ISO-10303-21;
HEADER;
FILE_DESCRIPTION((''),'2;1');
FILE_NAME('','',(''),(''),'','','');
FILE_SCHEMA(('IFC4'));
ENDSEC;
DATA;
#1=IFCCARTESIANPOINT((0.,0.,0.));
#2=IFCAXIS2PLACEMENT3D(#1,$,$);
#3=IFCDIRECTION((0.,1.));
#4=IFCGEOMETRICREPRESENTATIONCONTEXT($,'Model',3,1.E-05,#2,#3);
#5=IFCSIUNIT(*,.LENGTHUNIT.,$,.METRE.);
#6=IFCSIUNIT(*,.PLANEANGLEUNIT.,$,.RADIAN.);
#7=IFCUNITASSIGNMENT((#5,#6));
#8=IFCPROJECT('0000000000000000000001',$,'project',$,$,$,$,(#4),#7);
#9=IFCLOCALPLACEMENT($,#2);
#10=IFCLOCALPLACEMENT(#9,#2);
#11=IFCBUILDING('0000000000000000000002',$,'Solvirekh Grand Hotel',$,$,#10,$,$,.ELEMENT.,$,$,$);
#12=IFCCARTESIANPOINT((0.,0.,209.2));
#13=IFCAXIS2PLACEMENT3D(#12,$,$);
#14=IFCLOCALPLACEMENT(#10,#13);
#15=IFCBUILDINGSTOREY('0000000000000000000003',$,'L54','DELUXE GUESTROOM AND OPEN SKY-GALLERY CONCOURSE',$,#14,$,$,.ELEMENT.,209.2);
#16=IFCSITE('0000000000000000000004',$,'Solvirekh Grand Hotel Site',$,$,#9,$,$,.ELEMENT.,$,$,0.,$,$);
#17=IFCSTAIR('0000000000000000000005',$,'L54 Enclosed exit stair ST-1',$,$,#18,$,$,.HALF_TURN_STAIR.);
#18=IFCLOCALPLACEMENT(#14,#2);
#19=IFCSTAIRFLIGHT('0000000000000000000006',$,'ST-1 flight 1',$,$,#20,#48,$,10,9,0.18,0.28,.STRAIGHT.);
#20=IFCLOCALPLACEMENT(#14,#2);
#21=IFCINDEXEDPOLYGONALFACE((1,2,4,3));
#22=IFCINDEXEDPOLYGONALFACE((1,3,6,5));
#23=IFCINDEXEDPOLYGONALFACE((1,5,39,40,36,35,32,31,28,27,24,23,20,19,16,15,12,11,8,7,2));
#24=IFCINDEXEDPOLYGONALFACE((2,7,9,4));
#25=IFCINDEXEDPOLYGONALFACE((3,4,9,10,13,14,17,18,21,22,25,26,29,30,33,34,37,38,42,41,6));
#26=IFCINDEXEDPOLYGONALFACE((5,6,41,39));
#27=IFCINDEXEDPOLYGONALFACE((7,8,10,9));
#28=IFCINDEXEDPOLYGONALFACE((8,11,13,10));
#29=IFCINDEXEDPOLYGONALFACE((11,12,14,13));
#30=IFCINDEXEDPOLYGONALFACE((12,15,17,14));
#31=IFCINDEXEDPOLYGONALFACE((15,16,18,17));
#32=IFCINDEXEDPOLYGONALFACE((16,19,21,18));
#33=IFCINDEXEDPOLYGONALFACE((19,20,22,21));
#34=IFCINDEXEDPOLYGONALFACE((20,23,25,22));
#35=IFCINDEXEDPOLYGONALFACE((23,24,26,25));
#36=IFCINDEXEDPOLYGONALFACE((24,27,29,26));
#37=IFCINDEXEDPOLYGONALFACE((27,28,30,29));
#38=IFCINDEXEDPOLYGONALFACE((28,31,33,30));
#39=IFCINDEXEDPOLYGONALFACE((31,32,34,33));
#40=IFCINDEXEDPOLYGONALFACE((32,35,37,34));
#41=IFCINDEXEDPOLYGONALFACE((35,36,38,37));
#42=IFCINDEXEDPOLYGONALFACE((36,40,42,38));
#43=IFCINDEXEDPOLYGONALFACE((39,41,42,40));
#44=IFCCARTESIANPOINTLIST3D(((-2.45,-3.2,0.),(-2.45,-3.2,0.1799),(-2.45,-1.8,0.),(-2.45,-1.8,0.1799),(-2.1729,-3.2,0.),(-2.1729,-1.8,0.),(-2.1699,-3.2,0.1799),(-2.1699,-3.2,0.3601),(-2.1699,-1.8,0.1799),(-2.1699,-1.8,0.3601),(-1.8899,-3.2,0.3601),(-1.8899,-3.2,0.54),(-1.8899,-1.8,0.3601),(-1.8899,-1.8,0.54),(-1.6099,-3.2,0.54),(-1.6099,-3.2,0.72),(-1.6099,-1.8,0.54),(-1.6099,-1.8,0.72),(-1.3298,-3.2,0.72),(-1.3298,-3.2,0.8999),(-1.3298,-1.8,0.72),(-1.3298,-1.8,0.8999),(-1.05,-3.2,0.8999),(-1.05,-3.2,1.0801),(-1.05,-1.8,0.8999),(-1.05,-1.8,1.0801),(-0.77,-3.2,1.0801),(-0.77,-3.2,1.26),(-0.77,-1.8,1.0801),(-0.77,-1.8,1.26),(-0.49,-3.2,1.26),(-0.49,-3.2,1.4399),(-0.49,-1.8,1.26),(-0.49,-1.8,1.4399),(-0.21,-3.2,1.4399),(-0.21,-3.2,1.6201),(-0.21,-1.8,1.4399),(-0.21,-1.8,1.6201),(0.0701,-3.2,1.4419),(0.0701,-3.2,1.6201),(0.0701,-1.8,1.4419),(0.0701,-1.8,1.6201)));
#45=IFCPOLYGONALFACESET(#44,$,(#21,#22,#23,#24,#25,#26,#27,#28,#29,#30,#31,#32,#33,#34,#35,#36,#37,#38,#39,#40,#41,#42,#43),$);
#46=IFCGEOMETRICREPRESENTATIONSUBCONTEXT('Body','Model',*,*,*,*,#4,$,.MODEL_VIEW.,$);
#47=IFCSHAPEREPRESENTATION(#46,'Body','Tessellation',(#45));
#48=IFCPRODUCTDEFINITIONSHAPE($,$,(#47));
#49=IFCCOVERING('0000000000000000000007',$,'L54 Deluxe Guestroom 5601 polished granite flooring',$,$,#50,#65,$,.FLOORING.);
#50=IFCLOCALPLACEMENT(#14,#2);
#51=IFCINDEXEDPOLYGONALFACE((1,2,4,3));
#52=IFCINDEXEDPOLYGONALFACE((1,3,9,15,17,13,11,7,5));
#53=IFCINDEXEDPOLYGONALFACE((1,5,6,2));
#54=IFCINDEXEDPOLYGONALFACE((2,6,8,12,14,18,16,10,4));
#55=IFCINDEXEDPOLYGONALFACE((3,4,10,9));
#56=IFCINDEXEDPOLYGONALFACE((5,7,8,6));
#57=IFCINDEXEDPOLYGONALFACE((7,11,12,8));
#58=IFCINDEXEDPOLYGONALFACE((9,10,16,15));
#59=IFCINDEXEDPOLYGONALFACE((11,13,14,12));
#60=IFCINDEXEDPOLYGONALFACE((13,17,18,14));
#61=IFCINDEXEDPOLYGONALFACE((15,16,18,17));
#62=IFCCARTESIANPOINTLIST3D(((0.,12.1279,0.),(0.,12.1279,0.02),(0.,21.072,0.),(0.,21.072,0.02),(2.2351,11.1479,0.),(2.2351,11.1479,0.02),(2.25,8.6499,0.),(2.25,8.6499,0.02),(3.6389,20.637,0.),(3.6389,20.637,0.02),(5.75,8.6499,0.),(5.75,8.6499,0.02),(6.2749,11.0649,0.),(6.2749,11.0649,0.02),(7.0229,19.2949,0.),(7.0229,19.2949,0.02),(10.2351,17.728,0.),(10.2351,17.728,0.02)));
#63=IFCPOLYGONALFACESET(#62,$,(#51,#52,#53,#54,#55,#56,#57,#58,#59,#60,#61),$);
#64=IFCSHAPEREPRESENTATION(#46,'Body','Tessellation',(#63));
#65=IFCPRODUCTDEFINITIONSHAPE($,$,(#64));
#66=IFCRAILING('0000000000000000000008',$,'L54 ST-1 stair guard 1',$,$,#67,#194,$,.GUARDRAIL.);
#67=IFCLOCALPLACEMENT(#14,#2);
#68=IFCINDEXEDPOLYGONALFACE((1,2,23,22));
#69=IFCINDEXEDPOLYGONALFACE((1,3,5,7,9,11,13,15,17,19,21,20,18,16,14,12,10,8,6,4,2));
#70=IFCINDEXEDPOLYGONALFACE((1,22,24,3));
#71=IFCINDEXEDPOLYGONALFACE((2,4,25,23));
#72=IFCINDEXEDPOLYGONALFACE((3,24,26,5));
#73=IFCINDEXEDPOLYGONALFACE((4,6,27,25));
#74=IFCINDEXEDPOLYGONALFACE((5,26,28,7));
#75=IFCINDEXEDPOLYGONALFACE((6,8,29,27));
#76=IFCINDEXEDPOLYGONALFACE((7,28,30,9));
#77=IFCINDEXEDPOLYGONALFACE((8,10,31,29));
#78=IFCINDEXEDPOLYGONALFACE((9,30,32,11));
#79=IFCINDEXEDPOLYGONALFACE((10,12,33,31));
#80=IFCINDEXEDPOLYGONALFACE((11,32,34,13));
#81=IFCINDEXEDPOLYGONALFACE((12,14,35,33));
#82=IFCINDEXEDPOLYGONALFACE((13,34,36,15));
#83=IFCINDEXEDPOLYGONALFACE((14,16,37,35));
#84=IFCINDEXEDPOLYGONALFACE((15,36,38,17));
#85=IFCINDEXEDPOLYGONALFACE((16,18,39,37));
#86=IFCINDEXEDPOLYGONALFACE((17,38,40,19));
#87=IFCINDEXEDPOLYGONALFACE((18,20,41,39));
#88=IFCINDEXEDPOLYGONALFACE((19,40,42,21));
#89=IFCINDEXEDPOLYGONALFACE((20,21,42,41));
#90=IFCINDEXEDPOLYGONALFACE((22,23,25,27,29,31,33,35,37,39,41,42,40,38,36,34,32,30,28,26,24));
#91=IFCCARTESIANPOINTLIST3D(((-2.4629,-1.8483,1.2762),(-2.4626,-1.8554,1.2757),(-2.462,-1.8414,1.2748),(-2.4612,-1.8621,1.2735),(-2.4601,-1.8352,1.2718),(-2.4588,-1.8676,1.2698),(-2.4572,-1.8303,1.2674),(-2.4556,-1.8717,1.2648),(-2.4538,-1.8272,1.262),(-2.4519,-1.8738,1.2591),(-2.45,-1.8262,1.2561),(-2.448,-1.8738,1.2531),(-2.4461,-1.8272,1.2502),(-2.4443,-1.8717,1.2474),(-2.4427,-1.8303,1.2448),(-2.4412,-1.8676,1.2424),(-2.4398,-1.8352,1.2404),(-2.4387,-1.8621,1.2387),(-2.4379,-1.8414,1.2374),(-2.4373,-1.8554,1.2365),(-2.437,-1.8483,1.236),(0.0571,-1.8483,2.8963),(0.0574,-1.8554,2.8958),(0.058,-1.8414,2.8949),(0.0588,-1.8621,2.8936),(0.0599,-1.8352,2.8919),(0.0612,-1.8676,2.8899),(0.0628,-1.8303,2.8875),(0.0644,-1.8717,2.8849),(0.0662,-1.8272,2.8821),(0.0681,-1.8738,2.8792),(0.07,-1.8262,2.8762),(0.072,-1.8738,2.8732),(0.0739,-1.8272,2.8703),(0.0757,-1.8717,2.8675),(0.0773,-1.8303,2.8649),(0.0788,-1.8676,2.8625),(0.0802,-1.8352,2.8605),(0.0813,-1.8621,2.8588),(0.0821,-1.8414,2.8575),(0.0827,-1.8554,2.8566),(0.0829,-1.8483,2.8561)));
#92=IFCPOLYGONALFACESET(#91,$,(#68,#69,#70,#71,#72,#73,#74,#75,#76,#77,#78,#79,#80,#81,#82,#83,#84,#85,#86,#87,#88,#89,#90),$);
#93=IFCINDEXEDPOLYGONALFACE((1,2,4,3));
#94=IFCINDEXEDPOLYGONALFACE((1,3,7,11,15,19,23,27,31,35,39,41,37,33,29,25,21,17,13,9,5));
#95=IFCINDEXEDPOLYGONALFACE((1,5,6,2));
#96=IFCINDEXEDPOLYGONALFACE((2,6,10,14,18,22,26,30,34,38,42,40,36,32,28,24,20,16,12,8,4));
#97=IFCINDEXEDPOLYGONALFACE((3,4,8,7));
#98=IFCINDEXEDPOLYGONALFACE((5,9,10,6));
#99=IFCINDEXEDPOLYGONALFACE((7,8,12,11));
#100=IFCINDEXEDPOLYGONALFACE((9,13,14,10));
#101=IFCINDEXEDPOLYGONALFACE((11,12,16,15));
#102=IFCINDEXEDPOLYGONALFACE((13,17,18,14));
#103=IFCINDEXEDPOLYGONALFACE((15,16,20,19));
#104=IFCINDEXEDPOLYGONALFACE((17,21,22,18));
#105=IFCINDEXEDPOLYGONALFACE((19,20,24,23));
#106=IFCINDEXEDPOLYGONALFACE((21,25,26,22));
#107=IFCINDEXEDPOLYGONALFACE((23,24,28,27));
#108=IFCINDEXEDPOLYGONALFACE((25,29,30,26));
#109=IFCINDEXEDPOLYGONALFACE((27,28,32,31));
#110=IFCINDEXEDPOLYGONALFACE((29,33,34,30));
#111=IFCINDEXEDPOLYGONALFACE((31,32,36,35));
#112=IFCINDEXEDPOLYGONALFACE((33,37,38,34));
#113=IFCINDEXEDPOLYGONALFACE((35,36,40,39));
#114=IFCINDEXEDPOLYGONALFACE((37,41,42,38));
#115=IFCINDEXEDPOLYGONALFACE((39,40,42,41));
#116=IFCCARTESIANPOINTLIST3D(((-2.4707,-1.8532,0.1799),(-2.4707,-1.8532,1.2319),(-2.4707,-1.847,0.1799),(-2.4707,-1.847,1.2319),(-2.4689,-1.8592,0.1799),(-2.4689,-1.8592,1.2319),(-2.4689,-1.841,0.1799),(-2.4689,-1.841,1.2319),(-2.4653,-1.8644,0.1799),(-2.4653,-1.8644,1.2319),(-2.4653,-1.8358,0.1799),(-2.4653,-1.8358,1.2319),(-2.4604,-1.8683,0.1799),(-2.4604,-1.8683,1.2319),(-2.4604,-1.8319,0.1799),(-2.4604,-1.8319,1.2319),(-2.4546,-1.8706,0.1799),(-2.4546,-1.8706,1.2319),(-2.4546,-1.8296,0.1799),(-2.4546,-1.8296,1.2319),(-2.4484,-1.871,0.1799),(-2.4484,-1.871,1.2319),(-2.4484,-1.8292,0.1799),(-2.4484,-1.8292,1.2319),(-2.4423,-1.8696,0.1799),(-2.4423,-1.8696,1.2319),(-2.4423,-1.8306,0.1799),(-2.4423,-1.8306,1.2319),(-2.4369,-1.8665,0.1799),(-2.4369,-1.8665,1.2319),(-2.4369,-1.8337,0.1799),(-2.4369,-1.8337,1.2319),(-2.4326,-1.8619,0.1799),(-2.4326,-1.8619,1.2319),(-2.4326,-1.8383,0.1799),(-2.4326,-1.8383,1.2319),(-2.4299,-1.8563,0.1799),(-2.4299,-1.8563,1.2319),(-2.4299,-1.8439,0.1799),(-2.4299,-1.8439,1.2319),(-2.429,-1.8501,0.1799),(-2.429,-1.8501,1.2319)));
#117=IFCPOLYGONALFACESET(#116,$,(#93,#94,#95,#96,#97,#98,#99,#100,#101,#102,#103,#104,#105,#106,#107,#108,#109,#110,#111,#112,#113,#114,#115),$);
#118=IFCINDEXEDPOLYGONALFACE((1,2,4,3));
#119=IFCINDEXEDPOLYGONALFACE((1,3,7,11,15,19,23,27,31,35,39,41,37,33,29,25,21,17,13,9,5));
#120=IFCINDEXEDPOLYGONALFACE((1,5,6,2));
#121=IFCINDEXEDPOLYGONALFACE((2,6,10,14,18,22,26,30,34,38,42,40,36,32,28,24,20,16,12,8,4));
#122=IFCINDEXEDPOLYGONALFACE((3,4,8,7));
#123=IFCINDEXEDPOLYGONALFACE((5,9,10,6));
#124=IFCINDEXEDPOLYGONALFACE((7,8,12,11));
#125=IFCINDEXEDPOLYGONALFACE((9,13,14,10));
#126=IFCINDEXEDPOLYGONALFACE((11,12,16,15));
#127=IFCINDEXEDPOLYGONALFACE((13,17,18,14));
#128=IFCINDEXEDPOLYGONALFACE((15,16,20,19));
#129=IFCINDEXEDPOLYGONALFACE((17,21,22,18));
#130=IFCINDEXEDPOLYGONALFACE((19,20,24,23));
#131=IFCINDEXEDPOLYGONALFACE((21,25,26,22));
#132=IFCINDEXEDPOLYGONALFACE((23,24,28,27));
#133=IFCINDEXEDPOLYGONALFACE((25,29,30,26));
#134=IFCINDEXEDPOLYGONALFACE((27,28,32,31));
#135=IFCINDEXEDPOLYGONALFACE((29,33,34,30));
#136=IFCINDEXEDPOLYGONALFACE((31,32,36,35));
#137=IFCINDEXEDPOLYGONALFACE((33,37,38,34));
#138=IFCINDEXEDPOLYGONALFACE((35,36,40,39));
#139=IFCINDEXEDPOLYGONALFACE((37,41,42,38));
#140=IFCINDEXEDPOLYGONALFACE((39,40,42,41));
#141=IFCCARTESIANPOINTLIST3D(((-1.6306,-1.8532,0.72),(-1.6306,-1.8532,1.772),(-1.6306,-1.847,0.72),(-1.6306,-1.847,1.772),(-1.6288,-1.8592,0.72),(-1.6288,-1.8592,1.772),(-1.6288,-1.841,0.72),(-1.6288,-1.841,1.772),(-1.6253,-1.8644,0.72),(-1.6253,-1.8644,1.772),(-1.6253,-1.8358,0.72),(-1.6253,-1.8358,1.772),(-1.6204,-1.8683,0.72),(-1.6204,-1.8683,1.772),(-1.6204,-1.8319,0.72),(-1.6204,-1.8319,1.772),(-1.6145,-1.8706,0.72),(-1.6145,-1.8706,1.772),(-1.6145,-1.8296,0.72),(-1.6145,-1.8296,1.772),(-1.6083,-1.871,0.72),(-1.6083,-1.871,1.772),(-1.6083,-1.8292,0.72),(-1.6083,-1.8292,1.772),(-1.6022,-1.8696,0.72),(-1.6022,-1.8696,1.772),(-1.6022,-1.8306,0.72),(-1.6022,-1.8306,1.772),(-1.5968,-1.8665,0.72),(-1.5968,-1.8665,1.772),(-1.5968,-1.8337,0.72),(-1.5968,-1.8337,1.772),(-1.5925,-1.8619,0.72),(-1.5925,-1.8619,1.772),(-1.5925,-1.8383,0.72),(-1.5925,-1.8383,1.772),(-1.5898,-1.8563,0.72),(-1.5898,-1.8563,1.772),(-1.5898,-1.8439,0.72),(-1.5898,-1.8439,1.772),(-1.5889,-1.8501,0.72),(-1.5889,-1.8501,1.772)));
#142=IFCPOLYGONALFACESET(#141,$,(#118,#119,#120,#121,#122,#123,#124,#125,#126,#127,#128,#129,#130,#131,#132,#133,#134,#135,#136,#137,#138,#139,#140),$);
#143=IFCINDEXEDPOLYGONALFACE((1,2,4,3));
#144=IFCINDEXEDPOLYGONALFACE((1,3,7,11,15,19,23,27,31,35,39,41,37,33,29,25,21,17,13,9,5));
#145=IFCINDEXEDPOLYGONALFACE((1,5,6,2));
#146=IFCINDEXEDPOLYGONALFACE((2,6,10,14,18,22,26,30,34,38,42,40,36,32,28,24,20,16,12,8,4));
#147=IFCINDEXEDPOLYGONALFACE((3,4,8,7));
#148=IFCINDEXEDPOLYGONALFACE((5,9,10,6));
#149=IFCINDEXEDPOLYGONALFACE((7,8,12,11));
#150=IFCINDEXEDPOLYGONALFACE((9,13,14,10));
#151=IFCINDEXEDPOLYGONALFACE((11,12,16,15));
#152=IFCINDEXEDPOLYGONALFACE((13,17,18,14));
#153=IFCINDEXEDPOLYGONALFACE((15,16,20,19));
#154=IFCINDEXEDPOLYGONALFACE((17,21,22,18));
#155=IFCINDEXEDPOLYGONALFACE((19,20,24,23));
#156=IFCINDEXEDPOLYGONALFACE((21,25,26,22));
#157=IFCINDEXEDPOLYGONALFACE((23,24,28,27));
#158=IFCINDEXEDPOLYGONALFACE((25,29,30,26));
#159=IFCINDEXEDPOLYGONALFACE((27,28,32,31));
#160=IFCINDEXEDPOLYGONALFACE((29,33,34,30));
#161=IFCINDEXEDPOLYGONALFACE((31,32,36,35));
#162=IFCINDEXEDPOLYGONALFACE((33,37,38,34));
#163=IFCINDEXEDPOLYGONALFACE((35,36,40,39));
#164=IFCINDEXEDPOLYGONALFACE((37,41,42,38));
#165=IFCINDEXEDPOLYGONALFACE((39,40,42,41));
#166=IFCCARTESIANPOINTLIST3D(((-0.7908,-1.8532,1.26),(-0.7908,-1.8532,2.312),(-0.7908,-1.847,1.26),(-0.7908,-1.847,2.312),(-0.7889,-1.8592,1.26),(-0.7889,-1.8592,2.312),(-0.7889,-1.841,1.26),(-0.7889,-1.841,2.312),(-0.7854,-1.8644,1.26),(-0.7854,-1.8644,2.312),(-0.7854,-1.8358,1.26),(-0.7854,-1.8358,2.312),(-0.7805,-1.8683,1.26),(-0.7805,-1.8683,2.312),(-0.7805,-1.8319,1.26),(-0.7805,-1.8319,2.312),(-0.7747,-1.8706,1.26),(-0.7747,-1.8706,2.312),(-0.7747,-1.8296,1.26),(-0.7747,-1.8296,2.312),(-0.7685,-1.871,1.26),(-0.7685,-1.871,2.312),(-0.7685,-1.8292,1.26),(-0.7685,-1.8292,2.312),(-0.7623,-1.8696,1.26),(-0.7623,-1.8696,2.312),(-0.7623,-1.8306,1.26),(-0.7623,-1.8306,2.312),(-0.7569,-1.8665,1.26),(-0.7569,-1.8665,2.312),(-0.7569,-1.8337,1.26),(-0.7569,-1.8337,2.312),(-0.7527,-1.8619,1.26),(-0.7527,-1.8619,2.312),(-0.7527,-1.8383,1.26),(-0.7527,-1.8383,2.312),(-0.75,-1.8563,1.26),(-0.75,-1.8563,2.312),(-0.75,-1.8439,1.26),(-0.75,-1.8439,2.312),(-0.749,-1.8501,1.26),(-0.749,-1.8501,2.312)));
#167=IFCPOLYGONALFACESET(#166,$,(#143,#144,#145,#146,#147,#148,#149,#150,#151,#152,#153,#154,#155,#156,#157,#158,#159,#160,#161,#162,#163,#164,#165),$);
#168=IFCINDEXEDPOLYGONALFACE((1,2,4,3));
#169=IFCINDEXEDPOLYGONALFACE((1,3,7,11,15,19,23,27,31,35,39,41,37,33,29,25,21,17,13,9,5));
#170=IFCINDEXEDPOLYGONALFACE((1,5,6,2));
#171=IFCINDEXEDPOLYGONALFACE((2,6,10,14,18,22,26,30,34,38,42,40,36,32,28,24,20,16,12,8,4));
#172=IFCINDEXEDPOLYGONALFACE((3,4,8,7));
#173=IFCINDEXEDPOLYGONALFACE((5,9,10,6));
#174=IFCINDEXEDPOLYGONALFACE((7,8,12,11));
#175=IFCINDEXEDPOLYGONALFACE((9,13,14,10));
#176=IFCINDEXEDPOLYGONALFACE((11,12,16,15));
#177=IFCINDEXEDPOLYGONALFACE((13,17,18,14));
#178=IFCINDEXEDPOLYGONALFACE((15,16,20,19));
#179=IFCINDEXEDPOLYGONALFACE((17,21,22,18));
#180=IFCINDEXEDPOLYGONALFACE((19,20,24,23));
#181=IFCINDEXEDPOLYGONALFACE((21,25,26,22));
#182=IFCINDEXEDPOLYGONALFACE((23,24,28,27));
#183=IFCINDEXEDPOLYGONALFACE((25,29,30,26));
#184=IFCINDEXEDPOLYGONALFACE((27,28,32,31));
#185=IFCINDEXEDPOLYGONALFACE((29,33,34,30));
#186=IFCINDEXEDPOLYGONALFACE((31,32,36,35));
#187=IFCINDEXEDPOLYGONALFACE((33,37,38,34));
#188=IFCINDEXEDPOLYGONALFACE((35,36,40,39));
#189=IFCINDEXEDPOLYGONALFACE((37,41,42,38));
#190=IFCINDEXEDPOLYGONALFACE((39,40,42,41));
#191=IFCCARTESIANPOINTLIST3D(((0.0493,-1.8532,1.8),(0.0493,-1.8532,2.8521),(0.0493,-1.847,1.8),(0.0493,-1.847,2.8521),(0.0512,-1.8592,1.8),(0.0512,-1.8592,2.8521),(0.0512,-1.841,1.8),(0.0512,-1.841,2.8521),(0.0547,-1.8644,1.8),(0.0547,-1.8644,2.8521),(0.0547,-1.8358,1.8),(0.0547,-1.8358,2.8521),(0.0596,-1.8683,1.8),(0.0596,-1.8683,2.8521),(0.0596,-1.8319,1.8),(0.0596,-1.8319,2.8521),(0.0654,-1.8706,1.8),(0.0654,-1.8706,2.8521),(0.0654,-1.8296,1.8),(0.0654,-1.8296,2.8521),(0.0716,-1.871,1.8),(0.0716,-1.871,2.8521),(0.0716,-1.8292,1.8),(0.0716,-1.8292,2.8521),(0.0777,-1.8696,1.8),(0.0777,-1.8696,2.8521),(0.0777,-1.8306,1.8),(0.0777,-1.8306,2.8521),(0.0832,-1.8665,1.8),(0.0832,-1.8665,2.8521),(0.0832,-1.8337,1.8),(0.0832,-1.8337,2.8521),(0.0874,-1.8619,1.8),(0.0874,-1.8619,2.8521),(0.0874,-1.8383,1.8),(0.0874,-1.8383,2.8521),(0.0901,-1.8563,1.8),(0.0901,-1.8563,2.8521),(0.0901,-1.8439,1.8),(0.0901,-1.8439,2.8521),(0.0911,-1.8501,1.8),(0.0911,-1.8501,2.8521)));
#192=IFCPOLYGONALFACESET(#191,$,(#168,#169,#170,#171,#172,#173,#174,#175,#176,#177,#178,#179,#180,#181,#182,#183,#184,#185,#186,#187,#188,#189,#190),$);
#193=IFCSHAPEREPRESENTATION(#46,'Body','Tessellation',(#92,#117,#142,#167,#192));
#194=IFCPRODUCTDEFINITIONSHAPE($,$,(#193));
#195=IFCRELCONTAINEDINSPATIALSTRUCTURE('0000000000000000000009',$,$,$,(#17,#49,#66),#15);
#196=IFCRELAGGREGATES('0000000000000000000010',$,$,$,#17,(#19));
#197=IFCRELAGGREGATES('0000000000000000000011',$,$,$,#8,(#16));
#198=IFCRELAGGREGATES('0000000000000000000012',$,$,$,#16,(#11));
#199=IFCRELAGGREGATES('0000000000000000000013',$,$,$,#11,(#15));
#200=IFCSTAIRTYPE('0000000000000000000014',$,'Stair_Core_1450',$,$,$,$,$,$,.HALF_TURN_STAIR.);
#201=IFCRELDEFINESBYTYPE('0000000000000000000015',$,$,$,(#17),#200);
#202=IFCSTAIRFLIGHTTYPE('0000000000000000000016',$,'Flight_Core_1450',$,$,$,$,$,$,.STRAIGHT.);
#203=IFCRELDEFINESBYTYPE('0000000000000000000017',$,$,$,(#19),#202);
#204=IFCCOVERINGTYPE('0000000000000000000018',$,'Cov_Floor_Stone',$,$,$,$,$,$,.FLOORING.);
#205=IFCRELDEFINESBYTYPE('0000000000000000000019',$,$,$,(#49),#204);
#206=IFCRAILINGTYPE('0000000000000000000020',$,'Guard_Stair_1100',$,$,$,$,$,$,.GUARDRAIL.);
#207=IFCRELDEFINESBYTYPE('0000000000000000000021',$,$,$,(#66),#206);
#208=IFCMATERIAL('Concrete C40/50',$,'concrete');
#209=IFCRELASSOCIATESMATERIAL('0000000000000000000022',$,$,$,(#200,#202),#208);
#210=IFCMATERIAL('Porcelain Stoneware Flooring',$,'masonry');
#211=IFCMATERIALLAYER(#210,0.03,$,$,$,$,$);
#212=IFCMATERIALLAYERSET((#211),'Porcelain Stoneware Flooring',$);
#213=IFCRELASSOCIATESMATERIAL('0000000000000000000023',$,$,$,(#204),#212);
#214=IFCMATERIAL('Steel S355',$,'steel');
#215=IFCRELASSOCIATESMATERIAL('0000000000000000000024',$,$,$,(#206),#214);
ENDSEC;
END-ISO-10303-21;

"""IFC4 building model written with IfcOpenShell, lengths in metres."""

from ifc_helpers import new_model, si_unit, direction, frame, origin, origin_2d, place, context, subcontext, project, spatial, polyline, circle, outline, extrude, material, layer, layer_set, type_object, element, aggregate, save


model = new_model("IFC4")

# Units and contexts
model_context = context("Model", 3, precision=1e-05, world=origin(), true_north=direction((0.0, 1.0)))
body_context = subcontext(model_context, "Body", "Model", "MODEL_VIEW")
ifc_project = project(units=[si_unit("LENGTHUNIT", "METRE"), si_unit("PLANEANGLEUNIT", "RADIAN")], contexts=[model_context])

# Site, building, storey
site_placement = place(None, origin())
site = spatial("IfcSite", under=ifc_project, at=site_placement, Name="Solvirekh Grand Hotel Site", CompositionType="ELEMENT", RefElevation=0.0)
building_placement = place(site_placement, origin())
building = spatial("IfcBuilding", under=site, at=building_placement, Name="Solvirekh Grand Hotel", CompositionType="ELEMENT")
storey_placement = place(building_placement, frame((0.0, 0.0, 209.2)))
storey = spatial("IfcBuildingStorey", under=building, at=storey_placement, Name="L54", Description="DELUXE GUESTROOM AND OPEN SKY-GALLERY CONCOURSE", CompositionType="ELEMENT", Elevation=209.2)

# Shared definitions
ifc_material_1 = material(Name="Steel S355", Category="steel")

# Stair
ifc_material_2 = material(Name="Concrete C40/50", Category="concrete")
stair_type = type_object("IfcStairType", Name="Stair_Core_1450", PredefinedType="HALF_TURN_STAIR", material=ifc_material_2)
stair_1_placement = place(storey_placement, origin())
stair_1 = element("IfcStair", 1, at=stair_1_placement, inside=storey, type_object=stair_type, Name="L54 Enclosed exit stair ST-1", PredefinedType="HALF_TURN_STAIR")

# Stair flight
stair_flight_type = type_object("IfcStairFlightType", Name="Flight_Core_1450", PredefinedType="STRAIGHT", material=ifc_material_2)
stair_flight_placement = place(storey_placement, frame((-2.45, -2.5, 0.0), z_axis=(0.0, 0.0, 1.0), x_axis=(1.0, 0.0, 0.0)))
stair_flight = element("IfcStairFlight", 2, at=stair_flight_placement, type_object=stair_flight_type, Name="ST-1 flight 1", NumberOfRisers=10, NumberOfTreads=9, PredefinedType="STRAIGHT", RiserHeight=0.18, TreadLength=0.28, context=body_context, shape_type="SweptSolid", body=[
    extrude(outline(polyline([(0.0, 0.0), (0.0, 0.1799), (0.28, 0.1799), (0.28, 0.3601), (0.5601, 0.3601), (0.5601, 0.54), (0.8401, 0.54), (0.8401, 0.72), (1.1201, 0.72), (1.1201, 0.8999), (1.3999, 0.8999), (1.3999, 1.0801), (1.6799, 1.0801), (1.6799, 1.26), (1.96, 1.26), (1.96, 1.4399), (2.24, 1.4399), (2.24, 1.6201), (2.52, 1.6201), (2.52, 1.8), (2.52, 1.4419), (0.2771, 0.0), (0.0, 0.0)])), frame((0.0, 0.7, 0.0), z_axis=(0.0, -1.0, 0.0), x_axis=(1.0, 0.0, 0.0)), (0.0, 0.0, 1.0), 1.3999),
])
aggregate(stair_1, [stair_flight])

# Covering
ifc_material_3 = material(Name="Porcelain Stoneware Flooring", Category="masonry")
ifc_layer_1 = layer(ifc_material_3, 0.03)
ifc_layer_set_1 = layer_set([ifc_layer_1], Name="Porcelain Stoneware Flooring")
covering_type = type_object("IfcCoveringType", Name="Cov_Floor_Stone", PredefinedType="FLOORING", material=ifc_layer_set_1)
covering_placement = place(storey_placement, origin())
element("IfcCovering", 3, at=covering_placement, inside=storey, type_object=covering_type, Name="L54 Deluxe Guestroom 5601 polished granite flooring", PredefinedType="FLOORING", context=body_context, shape_type="SweptSolid", body=[
    extrude(outline(polyline([(0.0, 12.1279), (2.2351, 11.1479), (2.25, 8.6499), (5.75, 8.6499), (6.2749, 11.0649), (10.2351, 17.728), (7.0229, 19.2949), (3.6389, 20.637), (0.0, 21.072), (0.0, 12.1279)])), origin(), (0.0, 0.0, 1.0), 0.02),
])

# Railing
railing_type_1 = type_object("IfcRailingType", Name="Guard_Stair_1100", PredefinedType="GUARDRAIL", material=ifc_material_1)
railing_1_placement = place(storey_placement, frame((-2.45, -1.8501, 0.1799)))
element("IfcRailing", 4, at=railing_1_placement, inside=storey, type_object=railing_type_1, Name="L54 ST-1 stair guard 1", PredefinedType="GUARDRAIL", context=body_context, shape_type="SweptSolid", body=[
    extrude(circle(Radius=0.0239, at=origin_2d()), frame((0.0, 0.0, 1.0762), z_axis=(0.841163, 0.0, 0.540782), x_axis=(0.0, 1.0, 0.0)), (0.0, 0.0, 1.0), 2.9958),
    extrude(circle(Radius=0.021, at=origin_2d()), origin(), (0.0, 0.0, 1.0), 1.052),
    extrude(circle(Radius=0.021, at=origin_2d()), frame((0.8401, 0.0, 0.54)), (0.0, 0.0, 1.0), 1.052),
    extrude(circle(Radius=0.021, at=origin_2d()), frame((1.6799, 0.0, 1.0801)), (0.0, 0.0, 1.0), 1.052),
    extrude(circle(Radius=0.021, at=origin_2d()), frame((2.52, 0.0, 1.6201)), (0.0, 0.0, 1.0), 1.052),
])

save(model, "model.ifc")
